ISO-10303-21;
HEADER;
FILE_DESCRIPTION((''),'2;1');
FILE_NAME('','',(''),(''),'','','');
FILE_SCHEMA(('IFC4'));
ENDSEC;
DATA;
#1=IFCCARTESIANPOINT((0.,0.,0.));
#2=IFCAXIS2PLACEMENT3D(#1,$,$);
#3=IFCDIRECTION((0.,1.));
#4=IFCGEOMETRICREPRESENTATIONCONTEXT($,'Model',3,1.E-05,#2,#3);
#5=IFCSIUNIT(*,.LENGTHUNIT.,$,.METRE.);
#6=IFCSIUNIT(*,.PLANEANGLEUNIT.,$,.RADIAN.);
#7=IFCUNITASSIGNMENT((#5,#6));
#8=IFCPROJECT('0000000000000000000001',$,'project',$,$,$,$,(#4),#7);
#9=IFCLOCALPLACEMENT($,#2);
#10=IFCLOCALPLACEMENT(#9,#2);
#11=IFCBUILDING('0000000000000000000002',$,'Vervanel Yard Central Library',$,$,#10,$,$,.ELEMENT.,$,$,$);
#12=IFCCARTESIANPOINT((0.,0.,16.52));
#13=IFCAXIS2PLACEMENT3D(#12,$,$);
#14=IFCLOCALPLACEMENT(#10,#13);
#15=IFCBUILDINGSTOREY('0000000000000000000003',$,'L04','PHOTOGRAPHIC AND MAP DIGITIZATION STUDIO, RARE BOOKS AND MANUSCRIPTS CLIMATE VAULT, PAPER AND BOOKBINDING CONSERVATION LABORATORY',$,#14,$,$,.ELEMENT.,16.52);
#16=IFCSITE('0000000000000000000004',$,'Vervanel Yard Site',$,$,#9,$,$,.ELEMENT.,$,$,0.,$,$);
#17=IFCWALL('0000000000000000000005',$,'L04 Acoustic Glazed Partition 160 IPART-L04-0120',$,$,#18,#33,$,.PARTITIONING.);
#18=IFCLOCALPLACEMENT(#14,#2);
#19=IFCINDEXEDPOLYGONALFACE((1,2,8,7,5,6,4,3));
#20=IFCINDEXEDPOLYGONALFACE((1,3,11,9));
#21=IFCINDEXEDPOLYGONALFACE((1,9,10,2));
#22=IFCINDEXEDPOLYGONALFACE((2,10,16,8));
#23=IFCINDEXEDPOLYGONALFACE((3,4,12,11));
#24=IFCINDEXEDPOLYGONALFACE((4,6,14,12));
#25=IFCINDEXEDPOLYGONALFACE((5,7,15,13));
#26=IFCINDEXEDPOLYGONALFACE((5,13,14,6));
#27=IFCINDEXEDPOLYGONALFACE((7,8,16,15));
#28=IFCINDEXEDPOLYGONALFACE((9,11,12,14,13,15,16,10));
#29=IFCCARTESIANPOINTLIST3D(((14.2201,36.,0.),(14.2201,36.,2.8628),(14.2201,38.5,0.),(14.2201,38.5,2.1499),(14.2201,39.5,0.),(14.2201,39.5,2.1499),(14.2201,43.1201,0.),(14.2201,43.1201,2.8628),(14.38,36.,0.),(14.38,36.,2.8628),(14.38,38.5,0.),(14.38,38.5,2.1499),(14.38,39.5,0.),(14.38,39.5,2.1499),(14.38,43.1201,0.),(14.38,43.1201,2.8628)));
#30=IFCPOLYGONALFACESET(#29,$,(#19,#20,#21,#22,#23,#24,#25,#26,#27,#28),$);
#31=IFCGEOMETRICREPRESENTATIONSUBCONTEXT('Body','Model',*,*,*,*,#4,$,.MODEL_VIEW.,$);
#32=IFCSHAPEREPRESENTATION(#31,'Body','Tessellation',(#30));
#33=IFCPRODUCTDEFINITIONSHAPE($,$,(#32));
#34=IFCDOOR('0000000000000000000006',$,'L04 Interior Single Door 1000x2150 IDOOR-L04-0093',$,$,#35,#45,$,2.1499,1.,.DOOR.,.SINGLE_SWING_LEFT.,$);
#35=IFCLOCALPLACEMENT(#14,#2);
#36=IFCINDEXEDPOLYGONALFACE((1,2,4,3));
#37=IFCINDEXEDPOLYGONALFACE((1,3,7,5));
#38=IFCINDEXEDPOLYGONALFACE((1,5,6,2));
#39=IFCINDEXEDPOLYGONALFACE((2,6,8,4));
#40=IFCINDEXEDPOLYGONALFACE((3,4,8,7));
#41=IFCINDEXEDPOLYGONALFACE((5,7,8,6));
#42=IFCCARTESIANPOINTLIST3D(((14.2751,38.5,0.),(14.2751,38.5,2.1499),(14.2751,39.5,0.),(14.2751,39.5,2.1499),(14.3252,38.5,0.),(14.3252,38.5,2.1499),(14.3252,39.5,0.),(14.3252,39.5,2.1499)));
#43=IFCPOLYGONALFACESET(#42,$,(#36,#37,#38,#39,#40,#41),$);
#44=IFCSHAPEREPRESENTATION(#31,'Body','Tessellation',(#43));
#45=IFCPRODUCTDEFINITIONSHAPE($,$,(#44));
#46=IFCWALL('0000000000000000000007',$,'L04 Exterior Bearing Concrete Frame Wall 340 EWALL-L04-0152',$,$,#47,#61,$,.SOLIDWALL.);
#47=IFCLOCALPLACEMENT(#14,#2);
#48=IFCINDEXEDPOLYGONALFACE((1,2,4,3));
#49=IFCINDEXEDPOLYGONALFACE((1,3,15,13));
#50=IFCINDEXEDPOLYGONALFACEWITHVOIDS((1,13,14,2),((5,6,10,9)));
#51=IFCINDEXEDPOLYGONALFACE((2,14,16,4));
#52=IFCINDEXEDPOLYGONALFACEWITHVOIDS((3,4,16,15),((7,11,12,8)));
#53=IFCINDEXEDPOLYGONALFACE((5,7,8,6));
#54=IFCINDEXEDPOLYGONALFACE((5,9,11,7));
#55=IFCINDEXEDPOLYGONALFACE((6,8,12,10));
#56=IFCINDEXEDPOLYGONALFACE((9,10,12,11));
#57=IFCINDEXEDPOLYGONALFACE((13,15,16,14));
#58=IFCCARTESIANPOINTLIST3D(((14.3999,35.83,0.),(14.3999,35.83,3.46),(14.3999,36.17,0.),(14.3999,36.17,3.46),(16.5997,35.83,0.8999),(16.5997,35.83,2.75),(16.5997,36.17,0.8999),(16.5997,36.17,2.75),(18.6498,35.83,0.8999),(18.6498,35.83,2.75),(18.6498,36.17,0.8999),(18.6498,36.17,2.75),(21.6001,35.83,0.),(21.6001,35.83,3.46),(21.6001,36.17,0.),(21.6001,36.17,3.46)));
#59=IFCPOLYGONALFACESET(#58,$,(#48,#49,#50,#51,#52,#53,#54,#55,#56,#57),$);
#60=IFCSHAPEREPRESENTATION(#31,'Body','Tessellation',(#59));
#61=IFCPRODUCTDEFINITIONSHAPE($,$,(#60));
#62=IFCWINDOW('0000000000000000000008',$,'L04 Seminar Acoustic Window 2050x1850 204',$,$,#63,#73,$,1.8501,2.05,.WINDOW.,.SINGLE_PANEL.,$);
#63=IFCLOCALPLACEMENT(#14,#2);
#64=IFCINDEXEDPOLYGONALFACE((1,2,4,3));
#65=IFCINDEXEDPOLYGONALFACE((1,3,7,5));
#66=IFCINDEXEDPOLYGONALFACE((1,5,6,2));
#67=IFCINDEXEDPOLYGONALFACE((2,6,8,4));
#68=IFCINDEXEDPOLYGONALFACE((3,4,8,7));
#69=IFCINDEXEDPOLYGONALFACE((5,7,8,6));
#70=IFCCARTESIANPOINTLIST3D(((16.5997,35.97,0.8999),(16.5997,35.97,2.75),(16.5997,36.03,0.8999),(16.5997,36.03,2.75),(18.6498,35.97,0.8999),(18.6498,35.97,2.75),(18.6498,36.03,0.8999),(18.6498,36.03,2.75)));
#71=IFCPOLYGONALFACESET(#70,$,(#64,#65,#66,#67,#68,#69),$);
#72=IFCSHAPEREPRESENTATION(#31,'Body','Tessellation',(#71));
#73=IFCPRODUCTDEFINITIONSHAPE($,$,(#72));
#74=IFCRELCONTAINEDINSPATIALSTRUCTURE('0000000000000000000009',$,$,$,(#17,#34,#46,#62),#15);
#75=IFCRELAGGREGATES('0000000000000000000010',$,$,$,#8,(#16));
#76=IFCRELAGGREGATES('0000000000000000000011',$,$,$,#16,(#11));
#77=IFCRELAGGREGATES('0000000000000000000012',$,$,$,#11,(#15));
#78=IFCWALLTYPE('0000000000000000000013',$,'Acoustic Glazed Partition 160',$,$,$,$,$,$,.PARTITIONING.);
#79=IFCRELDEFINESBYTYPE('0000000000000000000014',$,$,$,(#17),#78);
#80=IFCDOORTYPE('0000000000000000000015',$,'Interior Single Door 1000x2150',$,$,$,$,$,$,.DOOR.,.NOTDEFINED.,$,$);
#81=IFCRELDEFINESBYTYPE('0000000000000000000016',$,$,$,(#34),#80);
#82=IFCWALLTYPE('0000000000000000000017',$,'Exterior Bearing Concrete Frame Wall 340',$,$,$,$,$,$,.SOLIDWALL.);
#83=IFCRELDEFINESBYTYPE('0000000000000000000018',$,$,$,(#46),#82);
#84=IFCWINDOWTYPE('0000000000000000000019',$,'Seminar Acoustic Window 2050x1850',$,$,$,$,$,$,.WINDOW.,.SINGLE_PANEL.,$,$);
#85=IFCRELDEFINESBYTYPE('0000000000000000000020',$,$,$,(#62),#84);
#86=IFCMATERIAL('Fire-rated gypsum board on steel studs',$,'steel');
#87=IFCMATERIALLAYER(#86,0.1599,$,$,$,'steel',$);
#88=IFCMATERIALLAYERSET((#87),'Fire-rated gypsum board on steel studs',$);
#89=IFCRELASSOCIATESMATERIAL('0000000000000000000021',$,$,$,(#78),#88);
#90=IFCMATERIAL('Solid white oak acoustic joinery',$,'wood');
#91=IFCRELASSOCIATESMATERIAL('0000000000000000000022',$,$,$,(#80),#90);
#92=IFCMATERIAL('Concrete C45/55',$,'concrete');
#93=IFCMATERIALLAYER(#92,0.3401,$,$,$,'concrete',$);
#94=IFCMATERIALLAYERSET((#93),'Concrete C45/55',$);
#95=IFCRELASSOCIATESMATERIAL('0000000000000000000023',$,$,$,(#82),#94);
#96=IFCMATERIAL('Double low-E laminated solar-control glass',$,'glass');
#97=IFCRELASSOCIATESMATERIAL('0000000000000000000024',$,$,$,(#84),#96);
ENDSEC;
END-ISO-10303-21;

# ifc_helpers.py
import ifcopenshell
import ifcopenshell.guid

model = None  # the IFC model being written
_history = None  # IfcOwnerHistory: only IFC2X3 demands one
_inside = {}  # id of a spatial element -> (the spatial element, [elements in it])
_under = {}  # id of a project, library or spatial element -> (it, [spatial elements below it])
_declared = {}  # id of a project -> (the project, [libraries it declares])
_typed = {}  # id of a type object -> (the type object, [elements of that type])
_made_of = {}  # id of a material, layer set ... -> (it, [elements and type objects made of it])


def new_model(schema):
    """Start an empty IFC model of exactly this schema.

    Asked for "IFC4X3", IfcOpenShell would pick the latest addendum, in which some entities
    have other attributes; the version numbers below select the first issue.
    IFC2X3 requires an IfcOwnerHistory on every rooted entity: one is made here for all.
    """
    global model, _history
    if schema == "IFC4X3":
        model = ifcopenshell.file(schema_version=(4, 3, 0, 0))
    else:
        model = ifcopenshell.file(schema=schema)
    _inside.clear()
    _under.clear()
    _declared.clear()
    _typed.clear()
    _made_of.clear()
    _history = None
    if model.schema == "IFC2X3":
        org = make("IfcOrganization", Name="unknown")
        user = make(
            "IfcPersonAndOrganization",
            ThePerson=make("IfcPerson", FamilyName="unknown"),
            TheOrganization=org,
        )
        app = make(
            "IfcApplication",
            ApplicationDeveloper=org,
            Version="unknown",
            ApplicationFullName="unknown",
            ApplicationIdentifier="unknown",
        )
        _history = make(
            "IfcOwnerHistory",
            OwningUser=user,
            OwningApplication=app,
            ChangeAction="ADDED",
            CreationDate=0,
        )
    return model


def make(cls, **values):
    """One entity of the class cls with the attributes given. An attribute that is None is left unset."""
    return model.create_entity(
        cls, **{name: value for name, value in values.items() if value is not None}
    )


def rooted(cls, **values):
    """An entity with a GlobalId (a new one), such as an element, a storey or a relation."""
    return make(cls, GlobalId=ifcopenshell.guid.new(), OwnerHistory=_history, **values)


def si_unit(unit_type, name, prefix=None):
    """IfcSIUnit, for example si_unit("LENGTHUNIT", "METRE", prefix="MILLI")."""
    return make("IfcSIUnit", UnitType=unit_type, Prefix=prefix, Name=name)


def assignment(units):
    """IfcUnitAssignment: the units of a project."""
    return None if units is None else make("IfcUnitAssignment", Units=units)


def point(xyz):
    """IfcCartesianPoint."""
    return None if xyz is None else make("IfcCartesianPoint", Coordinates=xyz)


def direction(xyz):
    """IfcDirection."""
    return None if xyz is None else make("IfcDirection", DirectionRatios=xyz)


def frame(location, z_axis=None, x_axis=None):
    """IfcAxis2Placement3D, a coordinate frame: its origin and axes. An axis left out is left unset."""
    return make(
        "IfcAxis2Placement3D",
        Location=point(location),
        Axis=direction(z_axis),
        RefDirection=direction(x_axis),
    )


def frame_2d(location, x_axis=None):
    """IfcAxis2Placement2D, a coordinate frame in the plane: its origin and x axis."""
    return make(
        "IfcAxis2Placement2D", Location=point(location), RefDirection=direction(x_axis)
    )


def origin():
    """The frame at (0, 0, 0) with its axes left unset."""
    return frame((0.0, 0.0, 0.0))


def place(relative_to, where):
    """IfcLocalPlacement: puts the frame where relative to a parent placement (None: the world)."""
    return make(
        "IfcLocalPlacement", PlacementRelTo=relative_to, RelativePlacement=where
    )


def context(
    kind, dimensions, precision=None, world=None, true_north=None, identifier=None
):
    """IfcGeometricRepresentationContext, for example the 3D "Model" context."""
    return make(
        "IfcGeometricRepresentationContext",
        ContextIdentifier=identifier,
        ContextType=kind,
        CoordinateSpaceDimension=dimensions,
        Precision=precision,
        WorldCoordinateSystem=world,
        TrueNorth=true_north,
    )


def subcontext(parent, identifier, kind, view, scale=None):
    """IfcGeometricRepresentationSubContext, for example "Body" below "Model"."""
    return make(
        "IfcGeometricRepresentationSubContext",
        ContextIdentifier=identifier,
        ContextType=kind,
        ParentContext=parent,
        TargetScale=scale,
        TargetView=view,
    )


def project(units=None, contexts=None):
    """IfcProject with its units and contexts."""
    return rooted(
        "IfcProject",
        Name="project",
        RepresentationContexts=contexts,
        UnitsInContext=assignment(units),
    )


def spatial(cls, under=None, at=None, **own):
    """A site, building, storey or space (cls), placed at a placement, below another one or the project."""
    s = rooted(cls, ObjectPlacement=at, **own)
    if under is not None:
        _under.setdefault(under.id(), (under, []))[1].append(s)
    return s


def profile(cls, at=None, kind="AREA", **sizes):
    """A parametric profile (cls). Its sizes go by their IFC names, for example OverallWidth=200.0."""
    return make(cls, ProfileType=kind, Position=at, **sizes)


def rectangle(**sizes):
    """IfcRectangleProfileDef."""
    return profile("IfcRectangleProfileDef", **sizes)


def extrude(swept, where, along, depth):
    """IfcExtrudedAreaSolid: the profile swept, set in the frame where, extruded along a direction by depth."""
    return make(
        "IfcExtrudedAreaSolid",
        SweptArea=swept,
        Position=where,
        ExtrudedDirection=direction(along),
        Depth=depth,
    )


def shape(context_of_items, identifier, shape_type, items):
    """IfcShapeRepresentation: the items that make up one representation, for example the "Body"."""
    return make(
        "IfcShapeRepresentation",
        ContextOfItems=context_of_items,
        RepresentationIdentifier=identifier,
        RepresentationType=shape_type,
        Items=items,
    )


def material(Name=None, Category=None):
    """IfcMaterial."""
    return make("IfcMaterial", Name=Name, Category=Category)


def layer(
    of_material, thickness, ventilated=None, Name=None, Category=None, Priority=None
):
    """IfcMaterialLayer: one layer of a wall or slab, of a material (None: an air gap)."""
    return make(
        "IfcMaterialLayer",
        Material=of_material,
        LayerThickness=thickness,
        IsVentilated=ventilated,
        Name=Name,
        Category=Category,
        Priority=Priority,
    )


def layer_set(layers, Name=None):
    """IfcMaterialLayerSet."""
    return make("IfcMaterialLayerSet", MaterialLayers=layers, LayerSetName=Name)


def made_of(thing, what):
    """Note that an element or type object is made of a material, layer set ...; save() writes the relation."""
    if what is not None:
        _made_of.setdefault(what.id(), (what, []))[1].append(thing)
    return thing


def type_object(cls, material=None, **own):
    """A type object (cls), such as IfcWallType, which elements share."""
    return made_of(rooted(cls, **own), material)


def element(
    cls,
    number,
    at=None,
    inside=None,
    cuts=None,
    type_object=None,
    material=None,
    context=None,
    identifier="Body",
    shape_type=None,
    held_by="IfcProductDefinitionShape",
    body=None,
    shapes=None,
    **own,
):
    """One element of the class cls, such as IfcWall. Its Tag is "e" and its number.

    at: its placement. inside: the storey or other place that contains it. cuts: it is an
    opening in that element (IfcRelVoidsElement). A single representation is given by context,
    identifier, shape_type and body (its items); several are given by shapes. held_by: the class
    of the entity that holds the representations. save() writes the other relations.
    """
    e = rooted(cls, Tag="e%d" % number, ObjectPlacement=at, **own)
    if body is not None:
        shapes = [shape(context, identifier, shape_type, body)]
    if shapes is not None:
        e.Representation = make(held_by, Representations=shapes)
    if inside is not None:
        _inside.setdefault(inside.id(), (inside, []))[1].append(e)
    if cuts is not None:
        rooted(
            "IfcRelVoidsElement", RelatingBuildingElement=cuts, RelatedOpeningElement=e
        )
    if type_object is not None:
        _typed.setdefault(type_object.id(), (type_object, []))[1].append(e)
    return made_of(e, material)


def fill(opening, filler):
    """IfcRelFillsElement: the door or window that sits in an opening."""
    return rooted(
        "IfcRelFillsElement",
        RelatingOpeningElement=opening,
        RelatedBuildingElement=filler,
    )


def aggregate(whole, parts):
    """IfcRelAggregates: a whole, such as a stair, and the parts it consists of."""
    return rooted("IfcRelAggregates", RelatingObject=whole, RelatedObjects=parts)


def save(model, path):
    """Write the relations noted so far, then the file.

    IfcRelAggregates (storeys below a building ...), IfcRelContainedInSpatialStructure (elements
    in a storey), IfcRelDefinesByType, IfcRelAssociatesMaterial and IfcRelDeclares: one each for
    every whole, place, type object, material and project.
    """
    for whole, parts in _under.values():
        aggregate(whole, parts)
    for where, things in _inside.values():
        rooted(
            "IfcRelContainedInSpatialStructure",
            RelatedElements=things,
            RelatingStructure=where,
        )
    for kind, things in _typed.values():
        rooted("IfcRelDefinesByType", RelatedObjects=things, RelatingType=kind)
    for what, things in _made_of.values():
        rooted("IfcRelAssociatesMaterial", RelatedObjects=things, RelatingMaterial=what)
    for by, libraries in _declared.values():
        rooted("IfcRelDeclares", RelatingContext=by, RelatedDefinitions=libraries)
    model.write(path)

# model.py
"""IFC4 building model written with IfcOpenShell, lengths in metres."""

from ifc_helpers import new_model, si_unit, direction, frame, frame_2d, origin, place, context, subcontext, project, spatial, rectangle, extrude, material, layer, layer_set, type_object, element, fill, save


model = new_model("IFC4")

# Units and contexts
model_context = context("Model", 3, precision=1e-05, world=origin(), true_north=direction((0.0, 1.0)))
body_context = subcontext(model_context, "Body", "Model", "MODEL_VIEW")
ifc_project = project(units=[si_unit("LENGTHUNIT", "METRE"), si_unit("PLANEANGLEUNIT", "RADIAN")], contexts=[model_context])

# Site, building, storey
site_placement = place(None, origin())
site = spatial("IfcSite", under=ifc_project, at=site_placement, Name="Vervanel Yard Site", CompositionType="ELEMENT", RefElevation=0.0)
building_placement = place(site_placement, origin())
building = spatial("IfcBuilding", under=site, at=building_placement, Name="Vervanel Yard Central Library", CompositionType="ELEMENT")
storey_placement = place(building_placement, frame((0.0, 0.0, 16.52)))
storey = spatial("IfcBuildingStorey", under=building, at=storey_placement, Name="L04", Description="PHOTOGRAPHIC AND MAP DIGITIZATION STUDIO, RARE BOOKS AND MANUSCRIPTS CLIMATE VAULT, PAPER AND BOOKBINDING CONSERVATION LABORATORY", CompositionType="ELEMENT", Elevation=16.52)

# Wall, opening, door
ifc_material_1 = material(Name="Fire-rated gypsum board on steel studs", Category="steel")
ifc_layer_1 = layer(ifc_material_1, 0.1599, Category="steel")
ifc_layer_set_1 = layer_set([ifc_layer_1], Name="Fire-rated gypsum board on steel studs")
wall_type_1 = type_object("IfcWallType", Name="Acoustic Glazed Partition 160", PredefinedType="PARTITIONING", material=ifc_layer_set_1)
wall_1_placement = place(storey_placement, frame((14.3, 36.0, 0.0), z_axis=(0.0, 0.0, 1.0), x_axis=(0.0, 1.0, 0.0)))
wall_1 = element("IfcWall", 1, at=wall_1_placement, inside=storey, type_object=wall_type_1, Name="L04 Acoustic Glazed Partition 160 IPART-L04-0120", PredefinedType="PARTITIONING", context=body_context, shape_type="SweptSolid", body=[
    extrude(rectangle(XDim=7.1201, YDim=0.1599, at=frame_2d((3.5601, 0.0))), origin(), (0.0, 0.0, 1.0), 2.8628),
])
opening_1_placement = place(wall_1_placement, frame((2.5, 0.0, 0.0)))
opening_1 = element("IfcOpeningElement", 2, at=opening_1_placement, cuts=wall_1, PredefinedType="OPENING", context=body_context, shape_type="SweptSolid", body=[
    extrude(rectangle(XDim=1.0, YDim=2.1499, at=frame_2d((0.5, 1.075))), frame((0.0, 0.0898, 0.0), z_axis=(0.0, -1.0, 0.0), x_axis=(1.0, 0.0, 0.0)), (0.0, 0.0, 1.0), 0.1799),
])
ifc_material_2 = material(Name="Solid white oak acoustic joinery", Category="wood")
door_type = type_object("IfcDoorType", Name="Interior Single Door 1000x2150", OperationType="NOTDEFINED", PredefinedType="DOOR", material=ifc_material_2)
door_placement = place(opening_1_placement, origin())
door = element("IfcDoor", 3, at=door_placement, inside=storey, type_object=door_type, Name="L04 Interior Single Door 1000x2150 IDOOR-L04-0093", OperationType="SINGLE_SWING_LEFT", OverallHeight=2.1499, OverallWidth=1.0, PredefinedType="DOOR", context=body_context, shape_type="SweptSolid", body=[
    extrude(rectangle(XDim=1.0, YDim=2.1499, at=frame_2d((0.5, 1.075))), frame((0.0, 0.0249, 0.0), z_axis=(0.0, -1.0, 0.0), x_axis=(1.0, 0.0, 0.0)), (0.0, 0.0, 1.0), 0.05),
])
fill(opening_1, door)

# Wall, opening, window
ifc_material_3 = material(Name="Concrete C45/55", Category="concrete")
ifc_layer_2 = layer(ifc_material_3, 0.3401, Category="concrete")
ifc_layer_set_2 = layer_set([ifc_layer_2], Name="Concrete C45/55")
wall_type_2 = type_object("IfcWallType", Name="Exterior Bearing Concrete Frame Wall 340", PredefinedType="SOLIDWALL", material=ifc_layer_set_2)
wall_2_placement = place(storey_placement, frame((14.3999, 36.0, 0.0), z_axis=(0.0, 0.0, 1.0), x_axis=(1.0, 0.0, 0.0)))
wall_2 = element("IfcWall", 4, at=wall_2_placement, inside=storey, type_object=wall_type_2, Name="L04 Exterior Bearing Concrete Frame Wall 340 EWALL-L04-0152", PredefinedType="SOLIDWALL", context=body_context, shape_type="SweptSolid", body=[
    extrude(rectangle(XDim=7.2002, YDim=0.3401, at=frame_2d((3.6001, 0.0))), origin(), (0.0, 0.0, 1.0), 3.46),
])
opening_2_placement = place(wall_2_placement, frame((2.2, 0.0, 0.8999)))
opening_2 = element("IfcOpeningElement", 5, at=opening_2_placement, cuts=wall_2, PredefinedType="OPENING", context=body_context, shape_type="SweptSolid", body=[
    extrude(rectangle(XDim=2.05, YDim=1.8501, at=frame_2d((1.0249, 0.925))), frame((0.0, 0.1799, 0.0), z_axis=(0.0, -1.0, 0.0), x_axis=(1.0, 0.0, 0.0)), (0.0, 0.0, 1.0), 0.3601),
])
ifc_material_4 = material(Name="Double low-E laminated solar-control glass", Category="glass")
window_type = type_object("IfcWindowType", Name="Seminar Acoustic Window 2050x1850", PartitioningType="SINGLE_PANEL", PredefinedType="WINDOW", material=ifc_material_4)
window_placement = place(opening_2_placement, origin())
window = element("IfcWindow", 6, at=window_placement, inside=storey, type_object=window_type, Name="L04 Seminar Acoustic Window 2050x1850 204", OverallHeight=1.8501, OverallWidth=2.05, PartitioningType="SINGLE_PANEL", PredefinedType="WINDOW", context=body_context, shape_type="SweptSolid", body=[
    extrude(rectangle(XDim=2.05, YDim=1.8501, at=frame_2d((1.0249, 0.925))), frame((0.0, 0.03, 0.0), z_axis=(0.0, -1.0, 0.0), x_axis=(1.0, 0.0, 0.0)), (0.0, 0.0, 1.0), 0.0601),
])
fill(opening_2, window)

save(model, "model.ifc")
